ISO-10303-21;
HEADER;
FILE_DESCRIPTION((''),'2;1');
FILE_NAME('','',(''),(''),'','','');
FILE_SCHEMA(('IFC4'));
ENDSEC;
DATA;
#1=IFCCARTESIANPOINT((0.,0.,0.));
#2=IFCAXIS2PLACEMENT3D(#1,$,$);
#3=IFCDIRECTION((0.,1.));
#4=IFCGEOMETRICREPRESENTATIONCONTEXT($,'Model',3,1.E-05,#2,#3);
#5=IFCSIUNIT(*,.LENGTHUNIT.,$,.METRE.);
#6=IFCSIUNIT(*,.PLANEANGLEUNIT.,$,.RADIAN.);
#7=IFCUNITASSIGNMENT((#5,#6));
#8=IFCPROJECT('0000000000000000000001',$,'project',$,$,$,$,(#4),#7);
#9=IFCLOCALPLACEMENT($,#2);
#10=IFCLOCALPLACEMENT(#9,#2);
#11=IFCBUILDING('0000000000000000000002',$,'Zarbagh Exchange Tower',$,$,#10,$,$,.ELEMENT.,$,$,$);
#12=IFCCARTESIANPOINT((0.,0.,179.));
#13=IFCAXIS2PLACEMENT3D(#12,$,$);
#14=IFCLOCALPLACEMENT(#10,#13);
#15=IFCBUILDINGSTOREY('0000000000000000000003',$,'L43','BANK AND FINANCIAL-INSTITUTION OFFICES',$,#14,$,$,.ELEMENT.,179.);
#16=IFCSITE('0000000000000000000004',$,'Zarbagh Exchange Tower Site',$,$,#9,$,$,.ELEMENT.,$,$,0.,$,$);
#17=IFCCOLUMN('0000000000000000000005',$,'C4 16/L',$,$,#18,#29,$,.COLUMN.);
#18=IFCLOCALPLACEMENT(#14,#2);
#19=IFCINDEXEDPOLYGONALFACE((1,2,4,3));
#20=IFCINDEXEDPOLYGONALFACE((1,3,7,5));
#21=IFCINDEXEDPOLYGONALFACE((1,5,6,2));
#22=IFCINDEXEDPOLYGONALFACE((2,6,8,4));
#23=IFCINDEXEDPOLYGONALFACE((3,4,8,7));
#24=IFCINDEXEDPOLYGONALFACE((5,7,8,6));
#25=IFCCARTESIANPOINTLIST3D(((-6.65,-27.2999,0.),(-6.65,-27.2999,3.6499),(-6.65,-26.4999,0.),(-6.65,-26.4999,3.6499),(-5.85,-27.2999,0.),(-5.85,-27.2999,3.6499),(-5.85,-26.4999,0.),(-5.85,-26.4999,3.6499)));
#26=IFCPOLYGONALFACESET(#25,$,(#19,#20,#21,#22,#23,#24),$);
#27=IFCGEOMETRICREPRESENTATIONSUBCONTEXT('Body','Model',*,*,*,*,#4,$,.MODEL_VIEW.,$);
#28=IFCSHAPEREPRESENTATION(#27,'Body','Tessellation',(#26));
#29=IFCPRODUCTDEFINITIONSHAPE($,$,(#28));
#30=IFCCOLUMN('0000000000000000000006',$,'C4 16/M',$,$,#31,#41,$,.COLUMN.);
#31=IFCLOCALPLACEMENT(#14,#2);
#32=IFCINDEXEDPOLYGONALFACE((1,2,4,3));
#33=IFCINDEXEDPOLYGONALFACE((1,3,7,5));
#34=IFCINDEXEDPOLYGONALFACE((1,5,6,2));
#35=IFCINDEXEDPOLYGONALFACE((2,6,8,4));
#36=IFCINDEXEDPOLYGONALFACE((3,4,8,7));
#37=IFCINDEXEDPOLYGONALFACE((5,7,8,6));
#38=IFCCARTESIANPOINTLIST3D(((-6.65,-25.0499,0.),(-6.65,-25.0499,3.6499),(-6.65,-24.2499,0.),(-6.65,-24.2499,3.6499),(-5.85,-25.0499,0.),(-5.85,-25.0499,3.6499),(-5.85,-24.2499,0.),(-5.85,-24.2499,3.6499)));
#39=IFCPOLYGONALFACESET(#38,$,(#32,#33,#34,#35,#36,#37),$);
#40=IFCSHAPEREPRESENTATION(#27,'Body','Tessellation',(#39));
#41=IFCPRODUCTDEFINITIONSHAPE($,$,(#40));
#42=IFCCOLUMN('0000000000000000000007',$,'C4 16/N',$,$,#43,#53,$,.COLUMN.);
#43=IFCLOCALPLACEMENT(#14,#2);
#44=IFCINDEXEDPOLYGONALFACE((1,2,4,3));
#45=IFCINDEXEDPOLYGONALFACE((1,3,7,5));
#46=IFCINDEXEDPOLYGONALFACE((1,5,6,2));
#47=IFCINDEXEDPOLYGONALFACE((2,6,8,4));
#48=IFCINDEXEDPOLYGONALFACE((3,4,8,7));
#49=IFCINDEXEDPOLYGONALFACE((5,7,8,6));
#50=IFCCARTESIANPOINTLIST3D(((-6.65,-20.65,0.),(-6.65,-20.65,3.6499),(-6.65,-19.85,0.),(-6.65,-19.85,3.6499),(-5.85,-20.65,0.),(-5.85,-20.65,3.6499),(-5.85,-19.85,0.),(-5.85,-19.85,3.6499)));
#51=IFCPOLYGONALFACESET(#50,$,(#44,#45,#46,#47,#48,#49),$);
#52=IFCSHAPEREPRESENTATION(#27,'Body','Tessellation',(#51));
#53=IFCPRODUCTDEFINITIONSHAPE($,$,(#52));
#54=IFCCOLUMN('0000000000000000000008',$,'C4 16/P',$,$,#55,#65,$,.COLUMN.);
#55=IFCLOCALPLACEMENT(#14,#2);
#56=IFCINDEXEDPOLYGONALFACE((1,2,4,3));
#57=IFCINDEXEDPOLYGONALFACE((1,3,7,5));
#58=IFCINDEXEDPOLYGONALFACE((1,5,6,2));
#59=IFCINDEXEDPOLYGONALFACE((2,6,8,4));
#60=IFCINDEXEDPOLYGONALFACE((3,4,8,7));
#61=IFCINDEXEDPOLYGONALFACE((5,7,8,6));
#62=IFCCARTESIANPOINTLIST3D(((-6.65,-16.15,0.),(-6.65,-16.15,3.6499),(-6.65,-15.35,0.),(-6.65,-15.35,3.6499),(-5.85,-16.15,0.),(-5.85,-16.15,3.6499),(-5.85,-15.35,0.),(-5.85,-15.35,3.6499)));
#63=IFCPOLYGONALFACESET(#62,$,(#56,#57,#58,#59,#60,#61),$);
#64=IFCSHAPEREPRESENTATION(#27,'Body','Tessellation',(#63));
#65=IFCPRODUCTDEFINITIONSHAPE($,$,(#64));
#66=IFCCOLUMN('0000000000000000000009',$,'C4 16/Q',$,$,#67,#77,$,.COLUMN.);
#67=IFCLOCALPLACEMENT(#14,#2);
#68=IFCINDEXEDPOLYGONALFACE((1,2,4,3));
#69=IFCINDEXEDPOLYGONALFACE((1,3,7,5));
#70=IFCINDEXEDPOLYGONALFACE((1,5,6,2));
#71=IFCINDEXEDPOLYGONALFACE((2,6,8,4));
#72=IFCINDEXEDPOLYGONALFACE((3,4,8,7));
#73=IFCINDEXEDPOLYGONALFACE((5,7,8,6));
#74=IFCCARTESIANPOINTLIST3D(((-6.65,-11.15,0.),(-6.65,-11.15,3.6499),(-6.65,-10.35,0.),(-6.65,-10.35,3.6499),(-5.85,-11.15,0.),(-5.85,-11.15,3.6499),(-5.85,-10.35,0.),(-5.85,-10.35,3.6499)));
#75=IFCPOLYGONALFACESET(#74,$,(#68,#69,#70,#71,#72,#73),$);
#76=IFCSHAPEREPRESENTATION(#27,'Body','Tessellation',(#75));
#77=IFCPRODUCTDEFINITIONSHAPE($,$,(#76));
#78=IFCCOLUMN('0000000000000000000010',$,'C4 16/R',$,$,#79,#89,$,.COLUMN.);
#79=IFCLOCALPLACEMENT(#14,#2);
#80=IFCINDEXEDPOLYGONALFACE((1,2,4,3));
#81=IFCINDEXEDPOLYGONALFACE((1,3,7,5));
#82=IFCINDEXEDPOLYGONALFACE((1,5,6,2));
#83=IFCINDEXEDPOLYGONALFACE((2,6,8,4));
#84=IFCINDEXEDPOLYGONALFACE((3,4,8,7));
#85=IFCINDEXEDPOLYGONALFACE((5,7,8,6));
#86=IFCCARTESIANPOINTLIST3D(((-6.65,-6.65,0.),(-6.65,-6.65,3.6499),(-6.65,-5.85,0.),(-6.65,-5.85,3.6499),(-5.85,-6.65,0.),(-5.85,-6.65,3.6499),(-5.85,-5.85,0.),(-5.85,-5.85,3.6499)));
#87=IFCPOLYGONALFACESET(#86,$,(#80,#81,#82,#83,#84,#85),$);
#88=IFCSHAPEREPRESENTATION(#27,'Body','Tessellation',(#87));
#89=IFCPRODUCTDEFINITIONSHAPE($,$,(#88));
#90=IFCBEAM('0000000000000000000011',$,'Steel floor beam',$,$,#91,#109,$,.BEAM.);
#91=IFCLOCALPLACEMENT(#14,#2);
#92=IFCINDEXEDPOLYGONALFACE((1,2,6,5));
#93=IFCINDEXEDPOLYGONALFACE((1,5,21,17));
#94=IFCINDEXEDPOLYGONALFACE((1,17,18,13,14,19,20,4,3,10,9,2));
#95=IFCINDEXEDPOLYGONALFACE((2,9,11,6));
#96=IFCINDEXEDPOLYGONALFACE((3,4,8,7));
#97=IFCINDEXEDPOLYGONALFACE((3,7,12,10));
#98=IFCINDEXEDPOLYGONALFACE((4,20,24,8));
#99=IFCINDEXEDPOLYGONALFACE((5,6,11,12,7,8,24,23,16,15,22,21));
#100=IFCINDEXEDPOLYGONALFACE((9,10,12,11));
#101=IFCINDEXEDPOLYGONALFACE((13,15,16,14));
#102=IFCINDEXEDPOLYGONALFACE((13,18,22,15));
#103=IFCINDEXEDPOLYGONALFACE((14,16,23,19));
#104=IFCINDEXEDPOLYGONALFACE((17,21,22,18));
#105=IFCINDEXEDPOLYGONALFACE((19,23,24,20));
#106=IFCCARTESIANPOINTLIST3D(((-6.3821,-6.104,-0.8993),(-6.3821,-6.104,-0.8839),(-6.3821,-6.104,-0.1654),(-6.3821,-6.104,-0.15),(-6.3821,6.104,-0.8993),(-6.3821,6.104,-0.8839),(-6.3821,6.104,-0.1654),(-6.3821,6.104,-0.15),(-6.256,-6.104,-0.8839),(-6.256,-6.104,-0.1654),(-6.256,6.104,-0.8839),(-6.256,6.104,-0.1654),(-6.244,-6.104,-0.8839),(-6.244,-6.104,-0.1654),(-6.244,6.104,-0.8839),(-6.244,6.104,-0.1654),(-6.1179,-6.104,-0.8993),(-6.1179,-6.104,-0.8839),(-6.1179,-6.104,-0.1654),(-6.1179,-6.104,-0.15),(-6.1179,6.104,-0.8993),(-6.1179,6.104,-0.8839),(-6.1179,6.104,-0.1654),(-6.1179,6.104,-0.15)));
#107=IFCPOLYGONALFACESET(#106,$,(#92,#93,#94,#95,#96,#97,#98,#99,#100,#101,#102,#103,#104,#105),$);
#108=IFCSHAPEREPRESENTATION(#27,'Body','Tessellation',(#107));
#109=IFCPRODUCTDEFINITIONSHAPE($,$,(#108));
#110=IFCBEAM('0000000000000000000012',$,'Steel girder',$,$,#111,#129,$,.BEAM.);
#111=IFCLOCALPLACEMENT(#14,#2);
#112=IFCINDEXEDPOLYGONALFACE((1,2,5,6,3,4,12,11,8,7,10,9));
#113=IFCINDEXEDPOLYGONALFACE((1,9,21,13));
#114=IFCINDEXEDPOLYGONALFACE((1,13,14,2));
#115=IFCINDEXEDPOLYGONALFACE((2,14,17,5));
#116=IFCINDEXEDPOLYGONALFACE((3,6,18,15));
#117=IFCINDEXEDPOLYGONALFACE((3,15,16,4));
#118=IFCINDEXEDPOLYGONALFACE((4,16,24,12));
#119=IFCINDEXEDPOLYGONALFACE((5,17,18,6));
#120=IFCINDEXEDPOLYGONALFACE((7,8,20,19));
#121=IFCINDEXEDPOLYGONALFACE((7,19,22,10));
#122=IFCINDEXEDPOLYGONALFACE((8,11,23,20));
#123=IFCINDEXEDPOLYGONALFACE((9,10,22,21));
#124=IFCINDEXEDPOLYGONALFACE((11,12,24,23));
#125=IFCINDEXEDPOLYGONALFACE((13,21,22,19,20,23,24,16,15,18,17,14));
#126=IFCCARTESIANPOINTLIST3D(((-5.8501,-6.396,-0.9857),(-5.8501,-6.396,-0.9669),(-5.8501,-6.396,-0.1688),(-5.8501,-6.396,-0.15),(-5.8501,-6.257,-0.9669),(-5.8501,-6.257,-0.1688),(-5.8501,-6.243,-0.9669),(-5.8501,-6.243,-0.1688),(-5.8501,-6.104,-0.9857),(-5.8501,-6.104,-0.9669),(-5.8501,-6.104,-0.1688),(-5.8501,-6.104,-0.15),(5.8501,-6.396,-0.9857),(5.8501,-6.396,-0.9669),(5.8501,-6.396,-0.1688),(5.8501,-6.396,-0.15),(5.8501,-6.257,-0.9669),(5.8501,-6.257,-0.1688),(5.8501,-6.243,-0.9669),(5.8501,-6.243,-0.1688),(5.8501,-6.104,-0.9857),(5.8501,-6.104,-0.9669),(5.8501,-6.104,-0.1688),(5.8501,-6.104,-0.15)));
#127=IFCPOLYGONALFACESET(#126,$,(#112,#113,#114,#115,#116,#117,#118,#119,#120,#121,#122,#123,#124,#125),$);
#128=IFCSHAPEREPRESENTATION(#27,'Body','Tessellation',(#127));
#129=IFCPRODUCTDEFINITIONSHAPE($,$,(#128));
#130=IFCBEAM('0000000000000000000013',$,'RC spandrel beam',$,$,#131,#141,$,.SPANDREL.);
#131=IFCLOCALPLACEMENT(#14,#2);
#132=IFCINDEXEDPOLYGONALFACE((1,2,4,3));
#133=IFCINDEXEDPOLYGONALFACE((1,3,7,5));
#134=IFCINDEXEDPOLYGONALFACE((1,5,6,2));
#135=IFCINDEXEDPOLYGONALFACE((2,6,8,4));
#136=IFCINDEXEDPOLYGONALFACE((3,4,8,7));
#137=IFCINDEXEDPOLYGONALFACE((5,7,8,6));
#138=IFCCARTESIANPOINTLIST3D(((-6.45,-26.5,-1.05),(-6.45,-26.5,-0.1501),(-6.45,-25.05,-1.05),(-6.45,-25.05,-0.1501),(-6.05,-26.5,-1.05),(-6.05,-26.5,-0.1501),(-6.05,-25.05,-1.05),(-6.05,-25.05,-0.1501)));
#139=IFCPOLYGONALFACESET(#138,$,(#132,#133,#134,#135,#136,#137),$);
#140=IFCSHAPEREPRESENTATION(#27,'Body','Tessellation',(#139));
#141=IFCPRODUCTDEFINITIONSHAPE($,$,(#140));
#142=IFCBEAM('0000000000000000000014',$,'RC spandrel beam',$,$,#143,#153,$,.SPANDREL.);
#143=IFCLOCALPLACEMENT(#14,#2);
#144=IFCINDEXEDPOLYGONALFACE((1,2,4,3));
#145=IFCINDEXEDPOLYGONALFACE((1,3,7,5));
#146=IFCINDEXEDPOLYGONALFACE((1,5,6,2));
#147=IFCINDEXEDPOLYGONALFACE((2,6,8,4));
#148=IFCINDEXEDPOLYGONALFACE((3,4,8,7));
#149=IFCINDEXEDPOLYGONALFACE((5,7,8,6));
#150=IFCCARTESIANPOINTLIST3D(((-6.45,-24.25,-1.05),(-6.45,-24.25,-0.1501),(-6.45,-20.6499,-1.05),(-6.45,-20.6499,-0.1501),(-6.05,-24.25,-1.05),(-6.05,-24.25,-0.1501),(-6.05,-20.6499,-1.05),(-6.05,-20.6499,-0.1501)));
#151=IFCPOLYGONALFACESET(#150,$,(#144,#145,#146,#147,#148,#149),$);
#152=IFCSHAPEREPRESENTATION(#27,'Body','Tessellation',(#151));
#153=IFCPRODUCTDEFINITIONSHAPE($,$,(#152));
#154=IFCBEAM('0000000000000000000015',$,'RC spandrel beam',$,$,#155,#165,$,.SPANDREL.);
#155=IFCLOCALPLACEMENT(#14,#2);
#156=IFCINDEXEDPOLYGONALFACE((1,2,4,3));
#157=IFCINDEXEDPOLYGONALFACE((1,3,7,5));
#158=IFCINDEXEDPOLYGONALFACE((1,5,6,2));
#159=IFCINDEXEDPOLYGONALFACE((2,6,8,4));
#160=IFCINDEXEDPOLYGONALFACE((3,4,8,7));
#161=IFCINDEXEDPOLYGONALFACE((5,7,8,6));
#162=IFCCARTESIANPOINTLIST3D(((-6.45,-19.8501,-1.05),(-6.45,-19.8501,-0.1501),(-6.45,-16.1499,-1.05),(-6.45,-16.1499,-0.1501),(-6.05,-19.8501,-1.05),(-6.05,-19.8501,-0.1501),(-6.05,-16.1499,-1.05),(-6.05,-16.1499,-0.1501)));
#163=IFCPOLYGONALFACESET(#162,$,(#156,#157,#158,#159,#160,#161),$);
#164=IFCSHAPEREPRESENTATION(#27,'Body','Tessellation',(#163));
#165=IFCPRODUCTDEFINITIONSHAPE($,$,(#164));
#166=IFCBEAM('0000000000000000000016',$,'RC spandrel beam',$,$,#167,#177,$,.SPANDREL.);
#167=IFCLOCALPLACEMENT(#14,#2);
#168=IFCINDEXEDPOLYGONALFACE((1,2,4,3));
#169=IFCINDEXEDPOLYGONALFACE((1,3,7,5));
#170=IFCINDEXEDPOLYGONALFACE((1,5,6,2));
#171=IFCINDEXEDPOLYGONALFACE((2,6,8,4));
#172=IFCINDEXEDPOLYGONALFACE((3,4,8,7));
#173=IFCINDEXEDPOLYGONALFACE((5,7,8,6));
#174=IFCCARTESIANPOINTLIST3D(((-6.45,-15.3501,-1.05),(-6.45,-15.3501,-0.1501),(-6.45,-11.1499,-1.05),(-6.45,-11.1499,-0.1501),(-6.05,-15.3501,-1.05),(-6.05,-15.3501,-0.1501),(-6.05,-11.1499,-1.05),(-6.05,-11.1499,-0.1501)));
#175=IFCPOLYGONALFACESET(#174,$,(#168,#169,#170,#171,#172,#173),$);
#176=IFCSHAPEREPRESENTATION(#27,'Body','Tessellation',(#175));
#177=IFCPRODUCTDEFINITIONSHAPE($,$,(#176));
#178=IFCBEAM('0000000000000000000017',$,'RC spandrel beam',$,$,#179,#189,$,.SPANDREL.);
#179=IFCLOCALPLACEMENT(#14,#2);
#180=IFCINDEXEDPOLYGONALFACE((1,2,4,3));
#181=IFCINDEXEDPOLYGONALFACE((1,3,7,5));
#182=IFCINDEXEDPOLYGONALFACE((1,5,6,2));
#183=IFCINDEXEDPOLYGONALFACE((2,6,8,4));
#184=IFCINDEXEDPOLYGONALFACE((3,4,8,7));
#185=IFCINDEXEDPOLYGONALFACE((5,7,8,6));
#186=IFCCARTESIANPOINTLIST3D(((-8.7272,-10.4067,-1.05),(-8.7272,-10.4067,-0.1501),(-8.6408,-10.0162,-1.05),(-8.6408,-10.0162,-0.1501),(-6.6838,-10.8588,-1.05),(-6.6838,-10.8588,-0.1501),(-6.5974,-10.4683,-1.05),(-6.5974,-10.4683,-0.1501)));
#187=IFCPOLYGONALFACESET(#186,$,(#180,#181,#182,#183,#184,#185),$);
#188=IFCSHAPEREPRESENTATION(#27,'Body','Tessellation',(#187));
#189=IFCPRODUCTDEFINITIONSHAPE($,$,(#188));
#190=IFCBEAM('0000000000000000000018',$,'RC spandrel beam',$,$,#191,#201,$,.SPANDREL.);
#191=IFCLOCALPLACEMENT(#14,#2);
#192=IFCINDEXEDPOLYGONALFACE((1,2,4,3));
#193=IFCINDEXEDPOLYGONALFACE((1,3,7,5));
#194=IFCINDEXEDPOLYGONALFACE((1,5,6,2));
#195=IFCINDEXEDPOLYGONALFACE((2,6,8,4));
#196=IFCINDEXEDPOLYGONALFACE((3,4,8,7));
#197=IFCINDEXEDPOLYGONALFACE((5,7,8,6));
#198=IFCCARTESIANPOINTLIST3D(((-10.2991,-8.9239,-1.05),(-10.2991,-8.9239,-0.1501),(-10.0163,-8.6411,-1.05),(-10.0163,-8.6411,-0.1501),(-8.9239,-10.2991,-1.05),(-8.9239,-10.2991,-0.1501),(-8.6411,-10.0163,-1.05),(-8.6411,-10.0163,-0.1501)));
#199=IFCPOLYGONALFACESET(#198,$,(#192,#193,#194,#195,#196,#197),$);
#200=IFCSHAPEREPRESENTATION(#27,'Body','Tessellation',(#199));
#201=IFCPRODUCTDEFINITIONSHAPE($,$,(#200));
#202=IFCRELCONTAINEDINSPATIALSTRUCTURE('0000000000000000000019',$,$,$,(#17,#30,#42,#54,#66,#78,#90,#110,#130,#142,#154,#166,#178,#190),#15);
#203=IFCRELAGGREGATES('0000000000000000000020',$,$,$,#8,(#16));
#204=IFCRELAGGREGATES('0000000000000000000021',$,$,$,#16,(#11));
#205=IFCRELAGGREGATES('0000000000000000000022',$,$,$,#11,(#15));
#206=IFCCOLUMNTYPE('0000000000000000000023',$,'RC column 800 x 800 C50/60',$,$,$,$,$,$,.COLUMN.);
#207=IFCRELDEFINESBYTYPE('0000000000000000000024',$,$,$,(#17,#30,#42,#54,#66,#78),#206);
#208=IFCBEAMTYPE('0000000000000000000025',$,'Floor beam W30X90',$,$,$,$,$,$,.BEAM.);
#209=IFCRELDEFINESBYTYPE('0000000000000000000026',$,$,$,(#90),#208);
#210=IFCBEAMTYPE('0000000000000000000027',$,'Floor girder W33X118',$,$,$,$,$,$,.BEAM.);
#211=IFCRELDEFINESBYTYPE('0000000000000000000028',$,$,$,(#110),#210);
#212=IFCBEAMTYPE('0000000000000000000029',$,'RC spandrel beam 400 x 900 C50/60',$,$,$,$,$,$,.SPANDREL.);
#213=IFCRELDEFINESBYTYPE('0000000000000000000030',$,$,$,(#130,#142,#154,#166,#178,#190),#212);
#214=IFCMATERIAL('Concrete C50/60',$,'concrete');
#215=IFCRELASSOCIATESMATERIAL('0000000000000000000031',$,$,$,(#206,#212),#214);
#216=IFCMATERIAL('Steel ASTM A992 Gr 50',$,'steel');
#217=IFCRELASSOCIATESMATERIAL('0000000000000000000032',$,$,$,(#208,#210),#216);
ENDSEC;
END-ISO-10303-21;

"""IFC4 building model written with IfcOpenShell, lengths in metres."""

from ifc_helpers import new_model, si_unit, direction, frame, origin, origin_2d, place, context, subcontext, project, spatial, rectangle, i_section, extrude, material, material_profile, profile_set, type_object, element, save


model = new_model("IFC4")

# Units and contexts
model_context = context("Model", 3, precision=1e-05, world=origin(), true_north=direction((0.0, 1.0)))
body_context = subcontext(model_context, "Body", "Model", "MODEL_VIEW")
ifc_project = project(units=[si_unit("LENGTHUNIT", "METRE"), si_unit("PLANEANGLEUNIT", "RADIAN")], contexts=[model_context])

# Site, building, storey
site_placement = place(None, origin())
site = spatial("IfcSite", under=ifc_project, at=site_placement, Name="Zarbagh Exchange Tower Site", CompositionType="ELEMENT", RefElevation=0.0)
building_placement = place(site_placement, origin())
building = spatial("IfcBuilding", under=site, at=building_placement, Name="Zarbagh Exchange Tower", CompositionType="ELEMENT")
storey_placement = place(building_placement, frame((0.0, 0.0, 179.0)))
storey = spatial("IfcBuildingStorey", under=building, at=storey_placement, Name="L43", Description="BANK AND FINANCIAL-INSTITUTION OFFICES", CompositionType="ELEMENT", Elevation=179.0)

# Columns
ifc_material_1 = material(Name="Concrete C50/60", Category="concrete")
ifc_material_profile_1 = material_profile(ifc_material_1, rectangle(XDim=0.8, YDim=0.8, at=origin_2d()), Name="RC column 800 x 800 C50/60")
ifc_profile_set_1 = profile_set([ifc_material_profile_1], Name="Concrete C50/60")
column_type = type_object("IfcColumnType", Name="RC column 800 x 800 C50/60", PredefinedType="COLUMN", material=ifc_profile_set_1)
for number, where, z_axis, x_axis, name in (
    (1, (-6.25, -26.8999, 0.0), (0.0, 0.0, 1.0), (1.0, 0.0, 0.0), "C4 16/L"),
    (2, (-6.25, -24.6499, 0.0), (0.0, 0.0, 1.0), (1.0, 0.0, 0.0), "C4 16/M"),
    (3, (-6.25, -20.25, 0.0), (0.0, 0.0, 1.0), (1.0, 0.0, 0.0), "C4 16/N"),
    (4, (-6.25, -15.75, 0.0), (0.0, 0.0, 1.0), (1.0, 0.0, 0.0), "C4 16/P"),
    (5, (-6.25, -10.75, 0.0), (0.0, 0.0, 1.0), (1.0, 0.0, 0.0), "C4 16/Q"),
    (6, (-6.25, -6.25, 0.0), (0.0, 0.0, 1.0), (1.0, 0.0, 0.0), "C4 16/R"),
):
    element("IfcColumn", number, at=place(storey_placement, frame(where, z_axis=z_axis, x_axis=x_axis)), inside=storey, type_object=column_type, Name=name, PredefinedType="COLUMN", context=body_context, shape_type="SweptSolid", body=[
        extrude(rectangle(XDim=0.8, YDim=0.8, at=origin_2d()), origin(), (0.0, 0.0, 1.0), 3.6499),
    ])

# Beams
ifc_material_2 = material(Name="Steel ASTM A992 Gr 50", Category="steel")
ifc_material_profile_2 = material_profile(ifc_material_2, i_section(OverallWidth=0.2642, OverallDepth=0.7493, WebThickness=0.012, FlangeThickness=0.0154, at=origin_2d()), Name="W30X90")
ifc_profile_set_2 = profile_set([ifc_material_profile_2], Name="Steel ASTM A992 Gr 50")
beam_type_1 = type_object("IfcBeamType", Name="Floor beam W30X90", PredefinedType="BEAM", material=ifc_profile_set_2)
beam_1_placement = place(storey_placement, frame((-6.25, -6.104, -0.5247), z_axis=(0.0, 1.0, 0.0), x_axis=(-1.0, 0.0, 0.0)))
element("IfcBeam", 7, at=beam_1_placement, inside=storey, type_object=beam_type_1, Name="Steel floor beam", PredefinedType="BEAM", context=body_context, shape_type="SweptSolid", body=[
    extrude(i_section(OverallWidth=0.2642, OverallDepth=0.7493, WebThickness=0.012, FlangeThickness=0.0154, at=origin_2d()), origin(), (0.0, 0.0, 1.0), 12.208),
])
ifc_material_profile_3 = material_profile(ifc_material_2, i_section(OverallWidth=0.292, OverallDepth=0.8357, WebThickness=0.0139, FlangeThickness=0.0188, at=origin_2d()), Name="W33X118")
ifc_profile_set_3 = profile_set([ifc_material_profile_3], Name="Steel ASTM A992 Gr 50")
beam_type_2 = type_object("IfcBeamType", Name="Floor girder W33X118", PredefinedType="BEAM", material=ifc_profile_set_3)
beam_2_placement = place(storey_placement, frame((-5.8501, -6.25, -0.5679), z_axis=(1.0, 0.0, 0.0), x_axis=(0.0, 1.0, 0.0)))
element("IfcBeam", 8, at=beam_2_placement, inside=storey, type_object=beam_type_2, Name="Steel girder", PredefinedType="BEAM", context=body_context, shape_type="SweptSolid", body=[
    extrude(i_section(OverallWidth=0.292, OverallDepth=0.8357, WebThickness=0.0139, FlangeThickness=0.0188, at=origin_2d()), origin(), (0.0, 0.0, 1.0), 11.7002),
])
ifc_material_profile_4 = material_profile(ifc_material_1, rectangle(XDim=0.3999, YDim=0.8999, at=origin_2d()), Name="RC spandrel beam 400 x 900 C50/60")
ifc_profile_set_4 = profile_set([ifc_material_profile_4], Name="Concrete C50/60")
beam_type_3 = type_object("IfcBeamType", Name="RC spandrel beam 400 x 900 C50/60", PredefinedType="SPANDREL", material=ifc_profile_set_4)
beam_3_placement = place(storey_placement, frame((-6.25, -26.5, -0.6001), z_axis=(0.0, 1.0, 0.0), x_axis=(-1.0, 0.0, 0.0)))
element("IfcBeam", 9, at=beam_3_placement, inside=storey, type_object=beam_type_3, Name="RC spandrel beam", PredefinedType="SPANDREL", context=body_context, shape_type="SweptSolid", body=[
    extrude(rectangle(XDim=0.3999, YDim=0.8999, at=origin_2d()), origin(), (0.0, 0.0, 1.0), 1.45),
])
beam_4_placement = place(storey_placement, frame((-6.25, -24.25, -0.6001), z_axis=(0.0, 1.0, 0.0), x_axis=(-1.0, 0.0, 0.0)))
element("IfcBeam", 10, at=beam_4_placement, inside=storey, type_object=beam_type_3, Name="RC spandrel beam", PredefinedType="SPANDREL", context=body_context, shape_type="SweptSolid", body=[
    extrude(rectangle(XDim=0.3999, YDim=0.8999, at=origin_2d()), origin(), (0.0, 0.0, 1.0), 3.6001),
])
beam_5_placement = place(storey_placement, frame((-6.25, -19.8501, -0.6001), z_axis=(0.0, 1.0, 0.0), x_axis=(-1.0, 0.0, 0.0)))
element("IfcBeam", 11, at=beam_5_placement, inside=storey, type_object=beam_type_3, Name="RC spandrel beam", PredefinedType="SPANDREL", context=body_context, shape_type="SweptSolid", body=[
    extrude(rectangle(XDim=0.3999, YDim=0.8999, at=origin_2d()), origin(), (0.0, 0.0, 1.0), 3.7002),
])
beam_6_placement = place(storey_placement, frame((-6.25, -15.3501, -0.6001), z_axis=(0.0, 1.0, 0.0), x_axis=(-1.0, 0.0, 0.0)))
element("IfcBeam", 12, at=beam_6_placement, inside=storey, type_object=beam_type_3, Name="RC spandrel beam", PredefinedType="SPANDREL", context=body_context, shape_type="SweptSolid", body=[
    extrude(rectangle(XDim=0.3999, YDim=0.8999, at=origin_2d()), origin(), (0.0, 0.0, 1.0), 4.2002),
])
beam_7_placement = place(storey_placement, frame((-6.6406, -10.6636, -0.6001), z_axis=(-0.976384, 0.216041, 0.0), x_axis=(-0.216041, -0.976384, 0.0)))
element("IfcBeam", 13, at=beam_7_placement, inside=storey, type_object=beam_type_3, Name="RC spandrel beam", PredefinedType="SPANDREL", context=body_context, shape_type="SweptSolid", body=[
    extrude(rectangle(XDim=0.3999, YDim=0.8999, at=origin_2d()), origin(), (0.0, 0.0, 1.0), 2.0928),
])
beam_8_placement = place(storey_placement, frame((-8.7825, -10.1577, -0.6001), z_axis=(-0.707107, 0.707107, 0.0), x_axis=(-0.707107, -0.707107, 0.0)))
element("IfcBeam", 14, at=beam_8_placement, inside=storey, type_object=beam_type_3, Name="RC spandrel beam", PredefinedType="SPANDREL", context=body_context, shape_type="SweptSolid", body=[
    extrude(rectangle(XDim=0.3999, YDim=0.8999, at=origin_2d()), origin(), (0.0, 0.0, 1.0), 1.9448),
])

save(model, "model.ifc")
